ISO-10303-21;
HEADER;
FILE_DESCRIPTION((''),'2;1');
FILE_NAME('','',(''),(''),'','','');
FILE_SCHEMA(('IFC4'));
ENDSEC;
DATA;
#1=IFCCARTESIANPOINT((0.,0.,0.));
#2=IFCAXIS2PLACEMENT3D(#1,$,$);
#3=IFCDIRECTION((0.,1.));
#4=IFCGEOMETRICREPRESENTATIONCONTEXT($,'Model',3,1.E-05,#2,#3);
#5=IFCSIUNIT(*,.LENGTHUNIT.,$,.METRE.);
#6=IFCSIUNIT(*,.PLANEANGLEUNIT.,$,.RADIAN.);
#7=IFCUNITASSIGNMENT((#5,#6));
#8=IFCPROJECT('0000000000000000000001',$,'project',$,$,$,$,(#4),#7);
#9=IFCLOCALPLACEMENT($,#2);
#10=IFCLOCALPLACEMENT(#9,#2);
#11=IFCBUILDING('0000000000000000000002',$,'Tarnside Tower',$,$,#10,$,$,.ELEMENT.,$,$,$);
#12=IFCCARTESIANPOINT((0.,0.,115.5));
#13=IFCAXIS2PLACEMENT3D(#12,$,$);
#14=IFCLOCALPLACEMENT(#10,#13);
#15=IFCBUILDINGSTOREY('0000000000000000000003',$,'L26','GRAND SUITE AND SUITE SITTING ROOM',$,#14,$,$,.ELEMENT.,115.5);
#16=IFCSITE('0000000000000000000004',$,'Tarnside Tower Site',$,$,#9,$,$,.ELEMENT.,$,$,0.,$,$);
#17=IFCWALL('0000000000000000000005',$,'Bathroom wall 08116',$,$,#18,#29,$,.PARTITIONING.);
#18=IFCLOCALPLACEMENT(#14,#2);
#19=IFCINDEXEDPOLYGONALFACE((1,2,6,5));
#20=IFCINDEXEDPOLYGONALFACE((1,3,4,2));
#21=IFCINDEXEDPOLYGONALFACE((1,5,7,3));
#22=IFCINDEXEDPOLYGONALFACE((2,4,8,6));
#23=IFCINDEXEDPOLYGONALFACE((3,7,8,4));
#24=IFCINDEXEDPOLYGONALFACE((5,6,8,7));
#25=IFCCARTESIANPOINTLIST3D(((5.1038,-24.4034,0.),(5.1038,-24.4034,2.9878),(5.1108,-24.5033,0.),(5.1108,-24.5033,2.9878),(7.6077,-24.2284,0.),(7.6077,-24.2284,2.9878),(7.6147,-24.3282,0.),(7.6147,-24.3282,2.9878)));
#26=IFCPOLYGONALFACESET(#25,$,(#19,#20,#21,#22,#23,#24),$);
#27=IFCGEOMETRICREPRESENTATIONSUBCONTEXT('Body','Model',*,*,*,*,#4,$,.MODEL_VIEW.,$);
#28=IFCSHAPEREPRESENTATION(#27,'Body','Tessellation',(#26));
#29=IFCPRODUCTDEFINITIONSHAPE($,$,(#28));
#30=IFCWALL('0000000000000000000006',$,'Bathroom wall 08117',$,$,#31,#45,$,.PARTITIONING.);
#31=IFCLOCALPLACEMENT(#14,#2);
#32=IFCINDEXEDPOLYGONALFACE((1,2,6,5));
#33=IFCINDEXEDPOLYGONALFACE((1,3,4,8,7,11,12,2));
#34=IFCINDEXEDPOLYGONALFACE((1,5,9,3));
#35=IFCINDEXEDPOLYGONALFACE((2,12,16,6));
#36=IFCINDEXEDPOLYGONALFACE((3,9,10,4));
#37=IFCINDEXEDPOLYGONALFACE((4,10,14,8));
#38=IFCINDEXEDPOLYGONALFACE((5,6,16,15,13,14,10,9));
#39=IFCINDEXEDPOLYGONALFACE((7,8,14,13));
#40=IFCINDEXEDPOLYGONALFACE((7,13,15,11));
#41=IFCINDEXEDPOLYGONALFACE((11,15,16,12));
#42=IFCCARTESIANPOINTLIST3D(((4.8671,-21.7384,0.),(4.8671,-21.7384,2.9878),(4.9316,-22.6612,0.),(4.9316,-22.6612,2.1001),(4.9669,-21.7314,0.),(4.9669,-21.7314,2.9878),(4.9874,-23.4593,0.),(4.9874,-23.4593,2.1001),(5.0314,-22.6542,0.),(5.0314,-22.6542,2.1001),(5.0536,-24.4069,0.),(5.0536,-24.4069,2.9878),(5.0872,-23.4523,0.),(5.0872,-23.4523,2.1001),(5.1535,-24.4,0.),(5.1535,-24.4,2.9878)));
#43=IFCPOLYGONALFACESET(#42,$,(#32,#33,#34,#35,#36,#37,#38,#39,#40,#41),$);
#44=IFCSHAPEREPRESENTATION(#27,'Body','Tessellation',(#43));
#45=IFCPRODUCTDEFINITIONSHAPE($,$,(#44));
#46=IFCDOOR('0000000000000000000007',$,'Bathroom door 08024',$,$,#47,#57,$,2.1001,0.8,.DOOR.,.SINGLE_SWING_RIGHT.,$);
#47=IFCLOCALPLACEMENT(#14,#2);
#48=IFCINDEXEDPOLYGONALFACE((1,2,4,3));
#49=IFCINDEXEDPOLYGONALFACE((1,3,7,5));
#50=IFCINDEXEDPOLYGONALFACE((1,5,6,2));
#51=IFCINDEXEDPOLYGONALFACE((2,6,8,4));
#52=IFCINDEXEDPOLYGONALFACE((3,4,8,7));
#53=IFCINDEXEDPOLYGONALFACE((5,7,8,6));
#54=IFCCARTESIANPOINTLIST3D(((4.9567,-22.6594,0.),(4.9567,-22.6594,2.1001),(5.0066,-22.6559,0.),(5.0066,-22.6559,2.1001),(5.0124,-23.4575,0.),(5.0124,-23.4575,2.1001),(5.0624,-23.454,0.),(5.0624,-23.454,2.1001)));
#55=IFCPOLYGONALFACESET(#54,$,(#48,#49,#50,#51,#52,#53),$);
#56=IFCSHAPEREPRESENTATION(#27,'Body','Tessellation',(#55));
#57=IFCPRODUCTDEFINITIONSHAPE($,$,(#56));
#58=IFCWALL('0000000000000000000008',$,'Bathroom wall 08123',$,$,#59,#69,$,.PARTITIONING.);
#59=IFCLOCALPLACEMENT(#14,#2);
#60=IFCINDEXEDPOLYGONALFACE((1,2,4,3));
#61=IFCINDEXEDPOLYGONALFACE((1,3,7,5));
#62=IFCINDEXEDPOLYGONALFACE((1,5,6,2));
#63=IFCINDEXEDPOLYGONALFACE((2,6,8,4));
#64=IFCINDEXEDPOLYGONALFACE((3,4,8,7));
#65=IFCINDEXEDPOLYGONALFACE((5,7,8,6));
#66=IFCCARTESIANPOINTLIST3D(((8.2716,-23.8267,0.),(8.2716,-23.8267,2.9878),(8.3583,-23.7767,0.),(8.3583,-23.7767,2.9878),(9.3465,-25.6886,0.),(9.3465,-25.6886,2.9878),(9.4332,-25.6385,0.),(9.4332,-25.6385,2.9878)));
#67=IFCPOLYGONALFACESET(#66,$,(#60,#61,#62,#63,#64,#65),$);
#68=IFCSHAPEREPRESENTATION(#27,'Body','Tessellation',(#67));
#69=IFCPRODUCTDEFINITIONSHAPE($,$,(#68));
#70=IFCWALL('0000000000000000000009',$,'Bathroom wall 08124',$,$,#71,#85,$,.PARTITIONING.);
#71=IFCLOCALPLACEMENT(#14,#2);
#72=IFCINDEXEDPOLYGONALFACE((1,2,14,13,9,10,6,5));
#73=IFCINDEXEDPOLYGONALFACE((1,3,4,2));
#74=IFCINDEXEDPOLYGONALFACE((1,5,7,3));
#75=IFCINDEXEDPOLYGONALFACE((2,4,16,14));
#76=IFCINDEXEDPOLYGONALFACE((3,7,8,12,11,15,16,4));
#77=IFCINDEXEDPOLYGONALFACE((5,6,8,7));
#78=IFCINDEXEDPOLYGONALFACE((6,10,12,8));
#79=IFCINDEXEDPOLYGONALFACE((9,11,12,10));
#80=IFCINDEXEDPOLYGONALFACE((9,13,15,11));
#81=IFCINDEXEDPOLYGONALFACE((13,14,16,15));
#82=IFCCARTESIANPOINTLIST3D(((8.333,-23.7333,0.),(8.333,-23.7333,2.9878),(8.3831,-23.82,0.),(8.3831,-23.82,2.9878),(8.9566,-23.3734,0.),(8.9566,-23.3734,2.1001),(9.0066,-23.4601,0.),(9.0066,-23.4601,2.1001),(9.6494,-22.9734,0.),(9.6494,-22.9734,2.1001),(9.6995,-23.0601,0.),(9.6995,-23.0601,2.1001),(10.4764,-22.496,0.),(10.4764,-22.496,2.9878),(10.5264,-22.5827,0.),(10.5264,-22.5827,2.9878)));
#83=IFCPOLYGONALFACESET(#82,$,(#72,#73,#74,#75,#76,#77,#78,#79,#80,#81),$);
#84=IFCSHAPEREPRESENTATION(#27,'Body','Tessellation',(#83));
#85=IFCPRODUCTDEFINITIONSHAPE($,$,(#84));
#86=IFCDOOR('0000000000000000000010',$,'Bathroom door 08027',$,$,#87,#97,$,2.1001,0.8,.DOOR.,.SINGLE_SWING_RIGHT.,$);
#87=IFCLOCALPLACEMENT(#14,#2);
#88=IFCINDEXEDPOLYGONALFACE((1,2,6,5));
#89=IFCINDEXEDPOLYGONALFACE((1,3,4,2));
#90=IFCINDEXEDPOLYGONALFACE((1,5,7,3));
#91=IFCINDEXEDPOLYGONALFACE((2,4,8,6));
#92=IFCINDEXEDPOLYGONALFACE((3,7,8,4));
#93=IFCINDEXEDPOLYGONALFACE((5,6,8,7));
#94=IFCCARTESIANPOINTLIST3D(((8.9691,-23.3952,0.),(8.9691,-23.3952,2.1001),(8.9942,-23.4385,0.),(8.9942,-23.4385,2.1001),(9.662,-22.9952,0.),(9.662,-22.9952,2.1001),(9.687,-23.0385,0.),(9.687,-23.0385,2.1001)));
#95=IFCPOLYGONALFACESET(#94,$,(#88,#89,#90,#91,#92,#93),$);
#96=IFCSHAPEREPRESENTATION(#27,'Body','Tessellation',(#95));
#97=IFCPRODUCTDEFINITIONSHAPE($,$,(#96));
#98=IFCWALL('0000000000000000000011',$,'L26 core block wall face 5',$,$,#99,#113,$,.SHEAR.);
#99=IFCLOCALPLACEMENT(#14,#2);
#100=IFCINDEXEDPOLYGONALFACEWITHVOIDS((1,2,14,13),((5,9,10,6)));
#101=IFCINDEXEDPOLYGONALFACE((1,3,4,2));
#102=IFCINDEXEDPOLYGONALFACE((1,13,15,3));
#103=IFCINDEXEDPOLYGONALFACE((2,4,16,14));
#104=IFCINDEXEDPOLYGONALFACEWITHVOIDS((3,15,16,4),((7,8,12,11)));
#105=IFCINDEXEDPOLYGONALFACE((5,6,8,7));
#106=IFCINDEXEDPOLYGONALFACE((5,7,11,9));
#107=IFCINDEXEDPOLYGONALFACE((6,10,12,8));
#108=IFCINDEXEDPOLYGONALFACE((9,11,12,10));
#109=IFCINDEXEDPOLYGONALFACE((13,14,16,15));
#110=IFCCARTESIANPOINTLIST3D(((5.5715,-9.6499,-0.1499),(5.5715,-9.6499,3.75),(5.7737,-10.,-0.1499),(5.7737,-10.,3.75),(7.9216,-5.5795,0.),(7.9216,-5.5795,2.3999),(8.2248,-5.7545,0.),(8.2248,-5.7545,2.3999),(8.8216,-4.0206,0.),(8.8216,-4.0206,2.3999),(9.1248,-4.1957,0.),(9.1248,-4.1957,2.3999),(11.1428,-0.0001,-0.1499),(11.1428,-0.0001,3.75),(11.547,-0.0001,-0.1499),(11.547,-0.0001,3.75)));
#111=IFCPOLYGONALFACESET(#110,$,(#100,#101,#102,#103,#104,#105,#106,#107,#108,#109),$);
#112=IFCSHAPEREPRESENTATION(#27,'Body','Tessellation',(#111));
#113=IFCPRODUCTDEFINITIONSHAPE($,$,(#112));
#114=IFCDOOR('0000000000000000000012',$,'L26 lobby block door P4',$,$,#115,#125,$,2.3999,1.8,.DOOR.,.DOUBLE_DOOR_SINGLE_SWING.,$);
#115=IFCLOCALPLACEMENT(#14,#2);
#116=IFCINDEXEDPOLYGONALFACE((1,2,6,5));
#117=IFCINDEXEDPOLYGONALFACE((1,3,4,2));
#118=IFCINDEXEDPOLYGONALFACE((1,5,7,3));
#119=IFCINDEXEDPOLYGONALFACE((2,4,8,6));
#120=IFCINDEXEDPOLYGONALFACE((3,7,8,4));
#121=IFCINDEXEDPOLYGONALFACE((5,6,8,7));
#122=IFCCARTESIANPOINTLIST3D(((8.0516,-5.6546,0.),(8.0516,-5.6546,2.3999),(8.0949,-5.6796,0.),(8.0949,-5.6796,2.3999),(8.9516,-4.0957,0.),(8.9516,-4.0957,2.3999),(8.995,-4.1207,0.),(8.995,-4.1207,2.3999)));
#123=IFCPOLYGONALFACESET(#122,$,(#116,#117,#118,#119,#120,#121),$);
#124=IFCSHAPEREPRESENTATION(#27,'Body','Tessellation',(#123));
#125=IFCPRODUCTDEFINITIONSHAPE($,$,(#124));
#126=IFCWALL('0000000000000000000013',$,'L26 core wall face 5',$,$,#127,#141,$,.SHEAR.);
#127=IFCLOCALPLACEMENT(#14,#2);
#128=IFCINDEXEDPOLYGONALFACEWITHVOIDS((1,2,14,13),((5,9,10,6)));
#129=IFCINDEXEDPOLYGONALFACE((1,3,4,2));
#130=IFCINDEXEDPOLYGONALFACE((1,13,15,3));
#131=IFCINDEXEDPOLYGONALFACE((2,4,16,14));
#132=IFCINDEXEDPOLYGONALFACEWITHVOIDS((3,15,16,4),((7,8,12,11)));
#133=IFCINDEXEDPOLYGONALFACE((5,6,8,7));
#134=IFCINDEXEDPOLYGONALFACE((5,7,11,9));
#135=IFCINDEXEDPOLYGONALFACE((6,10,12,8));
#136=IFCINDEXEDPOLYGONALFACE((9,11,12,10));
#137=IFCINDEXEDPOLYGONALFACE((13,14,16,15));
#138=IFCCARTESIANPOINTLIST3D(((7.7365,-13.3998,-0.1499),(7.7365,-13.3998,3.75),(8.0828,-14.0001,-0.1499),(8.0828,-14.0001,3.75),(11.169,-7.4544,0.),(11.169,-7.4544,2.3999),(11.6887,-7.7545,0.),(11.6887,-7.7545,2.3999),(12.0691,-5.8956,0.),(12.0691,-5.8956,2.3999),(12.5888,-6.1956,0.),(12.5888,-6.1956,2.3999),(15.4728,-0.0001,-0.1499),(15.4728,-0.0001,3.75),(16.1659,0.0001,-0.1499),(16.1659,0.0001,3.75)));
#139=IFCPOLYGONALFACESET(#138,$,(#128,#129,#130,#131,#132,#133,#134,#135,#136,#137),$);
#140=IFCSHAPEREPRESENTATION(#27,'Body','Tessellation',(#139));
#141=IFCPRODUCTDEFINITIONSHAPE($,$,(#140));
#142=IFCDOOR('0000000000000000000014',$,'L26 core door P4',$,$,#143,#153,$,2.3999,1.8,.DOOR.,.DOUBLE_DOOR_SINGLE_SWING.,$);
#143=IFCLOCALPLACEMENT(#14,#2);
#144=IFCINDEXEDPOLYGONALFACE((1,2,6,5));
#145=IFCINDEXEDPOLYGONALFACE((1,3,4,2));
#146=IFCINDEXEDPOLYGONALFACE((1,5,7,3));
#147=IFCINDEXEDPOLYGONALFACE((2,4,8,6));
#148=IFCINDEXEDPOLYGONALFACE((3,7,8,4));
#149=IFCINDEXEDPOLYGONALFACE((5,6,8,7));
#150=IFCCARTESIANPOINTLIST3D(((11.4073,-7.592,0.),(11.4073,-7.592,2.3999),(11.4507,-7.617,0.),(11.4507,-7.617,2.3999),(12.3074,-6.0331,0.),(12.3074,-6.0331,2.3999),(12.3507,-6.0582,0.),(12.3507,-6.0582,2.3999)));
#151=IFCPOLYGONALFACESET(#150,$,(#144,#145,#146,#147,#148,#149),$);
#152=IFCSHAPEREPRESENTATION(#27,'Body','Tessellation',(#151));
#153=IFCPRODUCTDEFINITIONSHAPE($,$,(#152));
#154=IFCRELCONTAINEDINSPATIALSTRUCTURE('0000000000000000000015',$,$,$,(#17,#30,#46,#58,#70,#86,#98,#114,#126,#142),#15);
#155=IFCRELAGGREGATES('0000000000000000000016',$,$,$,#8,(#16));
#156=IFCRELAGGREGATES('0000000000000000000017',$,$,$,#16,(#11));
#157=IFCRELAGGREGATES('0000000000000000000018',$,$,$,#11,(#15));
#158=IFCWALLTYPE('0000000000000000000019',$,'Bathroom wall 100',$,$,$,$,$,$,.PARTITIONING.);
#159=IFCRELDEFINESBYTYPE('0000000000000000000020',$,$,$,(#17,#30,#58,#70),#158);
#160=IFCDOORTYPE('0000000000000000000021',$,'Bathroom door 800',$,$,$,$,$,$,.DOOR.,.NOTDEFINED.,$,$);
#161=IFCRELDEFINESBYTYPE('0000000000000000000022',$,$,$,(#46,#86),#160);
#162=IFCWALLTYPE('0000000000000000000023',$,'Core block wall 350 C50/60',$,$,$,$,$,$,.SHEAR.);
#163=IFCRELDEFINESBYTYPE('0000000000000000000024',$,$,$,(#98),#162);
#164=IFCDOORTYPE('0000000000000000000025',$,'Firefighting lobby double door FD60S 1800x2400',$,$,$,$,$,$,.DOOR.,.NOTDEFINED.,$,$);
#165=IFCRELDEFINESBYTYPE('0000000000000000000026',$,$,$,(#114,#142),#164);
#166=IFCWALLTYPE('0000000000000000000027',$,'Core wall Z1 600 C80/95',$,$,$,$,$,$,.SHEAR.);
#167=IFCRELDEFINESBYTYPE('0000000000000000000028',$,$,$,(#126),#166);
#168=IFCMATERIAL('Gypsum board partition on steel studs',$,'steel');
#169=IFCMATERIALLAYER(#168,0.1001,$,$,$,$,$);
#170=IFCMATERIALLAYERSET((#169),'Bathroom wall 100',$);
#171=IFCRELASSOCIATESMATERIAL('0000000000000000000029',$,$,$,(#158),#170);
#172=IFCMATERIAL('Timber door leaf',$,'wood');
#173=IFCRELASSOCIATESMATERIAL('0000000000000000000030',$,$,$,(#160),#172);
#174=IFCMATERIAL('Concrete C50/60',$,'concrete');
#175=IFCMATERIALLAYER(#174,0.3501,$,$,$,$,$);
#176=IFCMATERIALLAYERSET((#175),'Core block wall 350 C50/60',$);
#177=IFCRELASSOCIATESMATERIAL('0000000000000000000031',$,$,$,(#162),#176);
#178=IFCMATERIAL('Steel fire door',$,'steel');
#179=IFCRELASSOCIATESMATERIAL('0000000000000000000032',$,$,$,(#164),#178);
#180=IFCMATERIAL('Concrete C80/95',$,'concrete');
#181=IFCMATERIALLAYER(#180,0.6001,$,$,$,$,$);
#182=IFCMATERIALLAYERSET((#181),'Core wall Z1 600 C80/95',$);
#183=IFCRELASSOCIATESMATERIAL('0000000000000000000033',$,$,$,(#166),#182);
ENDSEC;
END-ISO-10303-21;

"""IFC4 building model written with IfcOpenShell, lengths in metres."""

from ifc_helpers import new_model, si_unit, direction, frame, frame_2d, origin, place, context, subcontext, project, spatial, polyline, rectangle, outline, extrude, material, layer, layer_set, type_object, element, fill, save


model = new_model("IFC4")

# Units and contexts
model_context = context("Model", 3, precision=1e-05, world=origin(), true_north=direction((0.0, 1.0)))
body_context = subcontext(model_context, "Body", "Model", "MODEL_VIEW")
ifc_project = project(units=[si_unit("LENGTHUNIT", "METRE"), si_unit("PLANEANGLEUNIT", "RADIAN")], contexts=[model_context])

# Site, building, storey
site_placement = place(None, origin())
site = spatial("IfcSite", under=ifc_project, at=site_placement, Name="Tarnside Tower Site", CompositionType="ELEMENT", RefElevation=0.0)
building_placement = place(site_placement, origin())
building = spatial("IfcBuilding", under=site, at=building_placement, Name="Tarnside Tower", CompositionType="ELEMENT")
storey_placement = place(building_placement, frame((0.0, 0.0, 115.5)))
storey = spatial("IfcBuildingStorey", under=building, at=storey_placement, Name="L26", Description="GRAND SUITE AND SUITE SITTING ROOM", CompositionType="ELEMENT", Elevation=115.5)

# Wall
ifc_material_1 = material(Name="Gypsum board partition on steel studs", Category="steel")
ifc_layer_1 = layer(ifc_material_1, 0.1001)
ifc_layer_set_1 = layer_set([ifc_layer_1], Name="Bathroom wall 100")
wall_type_1 = type_object("IfcWallType", Name="Bathroom wall 100", PredefinedType="PARTITIONING", material=ifc_layer_set_1)
wall_1_placement = place(storey_placement, frame((7.6111, -24.2783, 0.0), z_axis=(0.0, 0.0, 1.0), x_axis=(-0.997565, -0.06974, 0.0)))
element("IfcWall", 1, at=wall_1_placement, inside=storey, type_object=wall_type_1, Name="Bathroom wall 08116", PredefinedType="PARTITIONING", context=body_context, shape_type="SweptSolid", body=[
    extrude(rectangle(XDim=2.51, YDim=0.1001, at=frame_2d((1.2549, 0.0))), origin(), (0.0, 0.0, 1.0), 2.9878),
])

# Wall, opening, door
wall_2_placement = place(storey_placement, frame((5.1035, -24.4033, 0.0), z_axis=(0.0, 0.0, 1.0), x_axis=(-0.069729, 0.997566, 0.0)))
wall_2 = element("IfcWall", 2, at=wall_2_placement, inside=storey, type_object=wall_type_1, Name="Bathroom wall 08117", PredefinedType="PARTITIONING", context=body_context, shape_type="SweptSolid", body=[
    extrude(rectangle(XDim=2.675, YDim=0.1001, at=frame_2d((1.3374, 0.0))), origin(), (0.0, 0.0, 1.0), 2.9878),
])
opening_1_placement = place(wall_2_placement, frame((0.95, 0.0, 0.0)))
opening_1 = element("IfcOpeningElement", 3, at=opening_1_placement, cuts=wall_2, PredefinedType="OPENING", context=body_context, shape_type="SweptSolid", body=[
    extrude(rectangle(XDim=0.8, YDim=2.1001, at=frame_2d((0.3999, 1.05))), frame((0.0, 0.0601, 0.0), z_axis=(0.0, -1.0, 0.0), x_axis=(1.0, 0.0, 0.0)), (0.0, 0.0, 1.0), 0.1201),
])
ifc_material_2 = material(Name="Timber door leaf", Category="wood")
door_type_1 = type_object("IfcDoorType", Name="Bathroom door 800", OperationType="NOTDEFINED", PredefinedType="DOOR", material=ifc_material_2)
door_1_placement = place(opening_1_placement, origin())
door_1 = element("IfcDoor", 4, at=door_1_placement, inside=storey, type_object=door_type_1, Name="Bathroom door 08024", OperationType="SINGLE_SWING_RIGHT", OverallHeight=2.1001, OverallWidth=0.8, PredefinedType="DOOR", context=body_context, shape_type="SweptSolid", body=[
    extrude(rectangle(XDim=0.8, YDim=2.1001, at=frame_2d((0.3999, 1.05))), frame((0.0, 0.0249, 0.0), z_axis=(0.0, -1.0, 0.0), x_axis=(1.0, 0.0, 0.0)), (0.0, 0.0, 1.0), 0.05),
])
fill(opening_1, door_1)

# Wall
wall_3_placement = place(storey_placement, frame((9.3899, -25.6636, 0.0), z_axis=(0.0, 0.0, 1.0), x_axis=(-0.500011, 0.866019, 0.0)))
element("IfcWall", 5, at=wall_3_placement, inside=storey, type_object=wall_type_1, Name="Bathroom wall 08123", PredefinedType="PARTITIONING", context=body_context, shape_type="SweptSolid", body=[
    extrude(rectangle(XDim=2.1499, YDim=0.1001, at=frame_2d((1.075, 0.0))), origin(), (0.0, 0.0, 1.0), 2.9878),
])

# Walls, openings, doors
wall_4_placement = place(storey_placement, frame((8.3582, -23.7766, 0.0), z_axis=(0.0, 0.0, 1.0), x_axis=(0.866049, 0.499959, 0.0)))
wall_4 = element("IfcWall", 6, at=wall_4_placement, inside=storey, type_object=wall_type_1, Name="Bathroom wall 08124", PredefinedType="PARTITIONING", context=body_context, shape_type="SweptSolid", body=[
    extrude(rectangle(XDim=2.4749, YDim=0.1001, at=frame_2d((1.2373, 0.0))), origin(), (0.0, 0.0, 1.0), 2.9878),
])
opening_2_placement = place(wall_4_placement, frame((0.72, 0.0, 0.0)))
opening_2 = element("IfcOpeningElement", 7, at=opening_2_placement, cuts=wall_4, PredefinedType="OPENING", context=body_context, shape_type="SweptSolid", body=[
    extrude(rectangle(XDim=0.8, YDim=2.1001, at=frame_2d((0.3999, 1.05))), frame((0.0, 0.0601, 0.0), z_axis=(0.0, -1.0, 0.0), x_axis=(1.0, 0.0, 0.0)), (0.0, 0.0, 1.0), 0.1201),
])
door_2_placement = place(opening_2_placement, origin())
door_2 = element("IfcDoor", 8, at=door_2_placement, inside=storey, type_object=door_type_1, Name="Bathroom door 08027", OperationType="SINGLE_SWING_RIGHT", OverallHeight=2.1001, OverallWidth=0.8, PredefinedType="DOOR", context=body_context, shape_type="SweptSolid", body=[
    extrude(rectangle(XDim=0.8, YDim=2.1001, at=frame_2d((0.3999, 1.05))), frame((0.0, 0.0249, 0.0), z_axis=(0.0, -1.0, 0.0), x_axis=(1.0, 0.0, 0.0)), (0.0, 0.0, 1.0), 0.05),
])
fill(opening_2, door_2)
ifc_material_3 = material(Name="Concrete C50/60", Category="concrete")
ifc_layer_2 = layer(ifc_material_3, 0.3501)
ifc_layer_set_2 = layer_set([ifc_layer_2], Name="Core block wall 350 C50/60")
wall_type_2 = type_object("IfcWallType", Name="Core block wall 350 C50/60", PredefinedType="SHEAR", material=ifc_layer_set_2)
wall_5_placement = place(storey_placement, frame((5.6726, -9.825, -0.1499), z_axis=(0.0, 0.0, 1.0), x_axis=(0.499995, 0.866028, 0.0)))
wall_5 = element("IfcWall", 9, at=wall_5_placement, inside=storey, type_object=wall_type_2, Name="L26 core block wall face 5", PredefinedType="SHEAR", context=body_context, shape_type="SweptSolid", body=[
    extrude(outline(polyline([(-0.1011, -0.175), (11.4458, -0.175), (11.2437, 0.175), (0.1011, 0.175), (-0.1011, -0.175)])), origin(), (0.0, 0.0, 1.0), 3.8999),
])
opening_3_placement = place(wall_5_placement, frame((4.8013, 0.0, 0.1499)))
opening_3 = element("IfcOpeningElement", 10, at=opening_3_placement, cuts=wall_5, PredefinedType="OPENING", context=body_context, shape_type="SweptSolid", body=[
    extrude(rectangle(XDim=1.8, YDim=2.3999, at=frame_2d((0.8999, 1.2))), frame((0.0, 0.1851, 0.0), z_axis=(0.0, -1.0, 0.0), x_axis=(1.0, 0.0, 0.0)), (0.0, 0.0, 1.0), 0.3701),
])
ifc_material_4 = material(Name="Steel fire door", Category="steel")
door_type_2 = type_object("IfcDoorType", Name="Firefighting lobby double door FD60S 1800x2400", OperationType="NOTDEFINED", PredefinedType="DOOR", material=ifc_material_4)
door_3_placement = place(opening_3_placement, origin())
door_3 = element("IfcDoor", 11, at=door_3_placement, inside=storey, type_object=door_type_2, Name="L26 lobby block door P4", OperationType="DOUBLE_DOOR_SINGLE_SWING", OverallHeight=2.3999, OverallWidth=1.8, PredefinedType="DOOR", context=body_context, shape_type="SweptSolid", body=[
    extrude(rectangle(XDim=1.8, YDim=2.3999, at=frame_2d((0.8999, 1.2))), frame((0.0, 0.0249, 0.0), z_axis=(0.0, -1.0, 0.0), x_axis=(1.0, 0.0, 0.0)), (0.0, 0.0, 1.0), 0.05),
])
fill(opening_3, door_3)
ifc_material_5 = material(Name="Concrete C80/95", Category="concrete")
ifc_layer_3 = layer(ifc_material_5, 0.6001)
ifc_layer_set_3 = layer_set([ifc_layer_3], Name="Core wall Z1 600 C80/95")
wall_type_3 = type_object("IfcWallType", Name="Core wall Z1 600 C80/95", PredefinedType="SHEAR", material=ifc_layer_set_3)
wall_6_placement = place(storey_placement, frame((7.9097, -13.7, -0.1499), z_axis=(0.0, 0.0, 1.0), x_axis=(0.5, 0.866025, 0.0)))
wall_6 = element("IfcWall", 12, at=wall_6_placement, inside=storey, type_object=wall_type_3, Name="L26 core wall face 5", PredefinedType="SHEAR", context=body_context, shape_type="SweptSolid", body=[
    extrude(outline(polyline([(-0.1733, -0.3), (15.9927, -0.3), (15.646, 0.3), (0.1733, 0.3), (-0.1733, -0.3)])), origin(), (0.0, 0.0, 1.0), 3.8999),
])
opening_4_placement = place(wall_6_placement, frame((7.0386, 0.0, 0.1499)))
opening_4 = element("IfcOpeningElement", 13, at=opening_4_placement, cuts=wall_6, PredefinedType="OPENING", context=body_context, shape_type="SweptSolid", body=[
    extrude(rectangle(XDim=1.8, YDim=2.3999, at=frame_2d((0.8999, 1.2))), frame((0.0, 0.3101, 0.0), z_axis=(0.0, -1.0, 0.0), x_axis=(1.0, 0.0, 0.0)), (0.0, 0.0, 1.0), 0.6201),
])
door_4_placement = place(opening_4_placement, origin())
door_4 = element("IfcDoor", 14, at=door_4_placement, inside=storey, type_object=door_type_2, Name="L26 core door P4", OperationType="DOUBLE_DOOR_SINGLE_SWING", OverallHeight=2.3999, OverallWidth=1.8, PredefinedType="DOOR", context=body_context, shape_type="SweptSolid", body=[
    extrude(rectangle(XDim=1.8, YDim=2.3999, at=frame_2d((0.8999, 1.2))), frame((0.0, 0.0249, 0.0), z_axis=(0.0, -1.0, 0.0), x_axis=(1.0, 0.0, 0.0)), (0.0, 0.0, 1.0), 0.05),
])
fill(opening_4, door_4)

save(model, "model.ifc")
